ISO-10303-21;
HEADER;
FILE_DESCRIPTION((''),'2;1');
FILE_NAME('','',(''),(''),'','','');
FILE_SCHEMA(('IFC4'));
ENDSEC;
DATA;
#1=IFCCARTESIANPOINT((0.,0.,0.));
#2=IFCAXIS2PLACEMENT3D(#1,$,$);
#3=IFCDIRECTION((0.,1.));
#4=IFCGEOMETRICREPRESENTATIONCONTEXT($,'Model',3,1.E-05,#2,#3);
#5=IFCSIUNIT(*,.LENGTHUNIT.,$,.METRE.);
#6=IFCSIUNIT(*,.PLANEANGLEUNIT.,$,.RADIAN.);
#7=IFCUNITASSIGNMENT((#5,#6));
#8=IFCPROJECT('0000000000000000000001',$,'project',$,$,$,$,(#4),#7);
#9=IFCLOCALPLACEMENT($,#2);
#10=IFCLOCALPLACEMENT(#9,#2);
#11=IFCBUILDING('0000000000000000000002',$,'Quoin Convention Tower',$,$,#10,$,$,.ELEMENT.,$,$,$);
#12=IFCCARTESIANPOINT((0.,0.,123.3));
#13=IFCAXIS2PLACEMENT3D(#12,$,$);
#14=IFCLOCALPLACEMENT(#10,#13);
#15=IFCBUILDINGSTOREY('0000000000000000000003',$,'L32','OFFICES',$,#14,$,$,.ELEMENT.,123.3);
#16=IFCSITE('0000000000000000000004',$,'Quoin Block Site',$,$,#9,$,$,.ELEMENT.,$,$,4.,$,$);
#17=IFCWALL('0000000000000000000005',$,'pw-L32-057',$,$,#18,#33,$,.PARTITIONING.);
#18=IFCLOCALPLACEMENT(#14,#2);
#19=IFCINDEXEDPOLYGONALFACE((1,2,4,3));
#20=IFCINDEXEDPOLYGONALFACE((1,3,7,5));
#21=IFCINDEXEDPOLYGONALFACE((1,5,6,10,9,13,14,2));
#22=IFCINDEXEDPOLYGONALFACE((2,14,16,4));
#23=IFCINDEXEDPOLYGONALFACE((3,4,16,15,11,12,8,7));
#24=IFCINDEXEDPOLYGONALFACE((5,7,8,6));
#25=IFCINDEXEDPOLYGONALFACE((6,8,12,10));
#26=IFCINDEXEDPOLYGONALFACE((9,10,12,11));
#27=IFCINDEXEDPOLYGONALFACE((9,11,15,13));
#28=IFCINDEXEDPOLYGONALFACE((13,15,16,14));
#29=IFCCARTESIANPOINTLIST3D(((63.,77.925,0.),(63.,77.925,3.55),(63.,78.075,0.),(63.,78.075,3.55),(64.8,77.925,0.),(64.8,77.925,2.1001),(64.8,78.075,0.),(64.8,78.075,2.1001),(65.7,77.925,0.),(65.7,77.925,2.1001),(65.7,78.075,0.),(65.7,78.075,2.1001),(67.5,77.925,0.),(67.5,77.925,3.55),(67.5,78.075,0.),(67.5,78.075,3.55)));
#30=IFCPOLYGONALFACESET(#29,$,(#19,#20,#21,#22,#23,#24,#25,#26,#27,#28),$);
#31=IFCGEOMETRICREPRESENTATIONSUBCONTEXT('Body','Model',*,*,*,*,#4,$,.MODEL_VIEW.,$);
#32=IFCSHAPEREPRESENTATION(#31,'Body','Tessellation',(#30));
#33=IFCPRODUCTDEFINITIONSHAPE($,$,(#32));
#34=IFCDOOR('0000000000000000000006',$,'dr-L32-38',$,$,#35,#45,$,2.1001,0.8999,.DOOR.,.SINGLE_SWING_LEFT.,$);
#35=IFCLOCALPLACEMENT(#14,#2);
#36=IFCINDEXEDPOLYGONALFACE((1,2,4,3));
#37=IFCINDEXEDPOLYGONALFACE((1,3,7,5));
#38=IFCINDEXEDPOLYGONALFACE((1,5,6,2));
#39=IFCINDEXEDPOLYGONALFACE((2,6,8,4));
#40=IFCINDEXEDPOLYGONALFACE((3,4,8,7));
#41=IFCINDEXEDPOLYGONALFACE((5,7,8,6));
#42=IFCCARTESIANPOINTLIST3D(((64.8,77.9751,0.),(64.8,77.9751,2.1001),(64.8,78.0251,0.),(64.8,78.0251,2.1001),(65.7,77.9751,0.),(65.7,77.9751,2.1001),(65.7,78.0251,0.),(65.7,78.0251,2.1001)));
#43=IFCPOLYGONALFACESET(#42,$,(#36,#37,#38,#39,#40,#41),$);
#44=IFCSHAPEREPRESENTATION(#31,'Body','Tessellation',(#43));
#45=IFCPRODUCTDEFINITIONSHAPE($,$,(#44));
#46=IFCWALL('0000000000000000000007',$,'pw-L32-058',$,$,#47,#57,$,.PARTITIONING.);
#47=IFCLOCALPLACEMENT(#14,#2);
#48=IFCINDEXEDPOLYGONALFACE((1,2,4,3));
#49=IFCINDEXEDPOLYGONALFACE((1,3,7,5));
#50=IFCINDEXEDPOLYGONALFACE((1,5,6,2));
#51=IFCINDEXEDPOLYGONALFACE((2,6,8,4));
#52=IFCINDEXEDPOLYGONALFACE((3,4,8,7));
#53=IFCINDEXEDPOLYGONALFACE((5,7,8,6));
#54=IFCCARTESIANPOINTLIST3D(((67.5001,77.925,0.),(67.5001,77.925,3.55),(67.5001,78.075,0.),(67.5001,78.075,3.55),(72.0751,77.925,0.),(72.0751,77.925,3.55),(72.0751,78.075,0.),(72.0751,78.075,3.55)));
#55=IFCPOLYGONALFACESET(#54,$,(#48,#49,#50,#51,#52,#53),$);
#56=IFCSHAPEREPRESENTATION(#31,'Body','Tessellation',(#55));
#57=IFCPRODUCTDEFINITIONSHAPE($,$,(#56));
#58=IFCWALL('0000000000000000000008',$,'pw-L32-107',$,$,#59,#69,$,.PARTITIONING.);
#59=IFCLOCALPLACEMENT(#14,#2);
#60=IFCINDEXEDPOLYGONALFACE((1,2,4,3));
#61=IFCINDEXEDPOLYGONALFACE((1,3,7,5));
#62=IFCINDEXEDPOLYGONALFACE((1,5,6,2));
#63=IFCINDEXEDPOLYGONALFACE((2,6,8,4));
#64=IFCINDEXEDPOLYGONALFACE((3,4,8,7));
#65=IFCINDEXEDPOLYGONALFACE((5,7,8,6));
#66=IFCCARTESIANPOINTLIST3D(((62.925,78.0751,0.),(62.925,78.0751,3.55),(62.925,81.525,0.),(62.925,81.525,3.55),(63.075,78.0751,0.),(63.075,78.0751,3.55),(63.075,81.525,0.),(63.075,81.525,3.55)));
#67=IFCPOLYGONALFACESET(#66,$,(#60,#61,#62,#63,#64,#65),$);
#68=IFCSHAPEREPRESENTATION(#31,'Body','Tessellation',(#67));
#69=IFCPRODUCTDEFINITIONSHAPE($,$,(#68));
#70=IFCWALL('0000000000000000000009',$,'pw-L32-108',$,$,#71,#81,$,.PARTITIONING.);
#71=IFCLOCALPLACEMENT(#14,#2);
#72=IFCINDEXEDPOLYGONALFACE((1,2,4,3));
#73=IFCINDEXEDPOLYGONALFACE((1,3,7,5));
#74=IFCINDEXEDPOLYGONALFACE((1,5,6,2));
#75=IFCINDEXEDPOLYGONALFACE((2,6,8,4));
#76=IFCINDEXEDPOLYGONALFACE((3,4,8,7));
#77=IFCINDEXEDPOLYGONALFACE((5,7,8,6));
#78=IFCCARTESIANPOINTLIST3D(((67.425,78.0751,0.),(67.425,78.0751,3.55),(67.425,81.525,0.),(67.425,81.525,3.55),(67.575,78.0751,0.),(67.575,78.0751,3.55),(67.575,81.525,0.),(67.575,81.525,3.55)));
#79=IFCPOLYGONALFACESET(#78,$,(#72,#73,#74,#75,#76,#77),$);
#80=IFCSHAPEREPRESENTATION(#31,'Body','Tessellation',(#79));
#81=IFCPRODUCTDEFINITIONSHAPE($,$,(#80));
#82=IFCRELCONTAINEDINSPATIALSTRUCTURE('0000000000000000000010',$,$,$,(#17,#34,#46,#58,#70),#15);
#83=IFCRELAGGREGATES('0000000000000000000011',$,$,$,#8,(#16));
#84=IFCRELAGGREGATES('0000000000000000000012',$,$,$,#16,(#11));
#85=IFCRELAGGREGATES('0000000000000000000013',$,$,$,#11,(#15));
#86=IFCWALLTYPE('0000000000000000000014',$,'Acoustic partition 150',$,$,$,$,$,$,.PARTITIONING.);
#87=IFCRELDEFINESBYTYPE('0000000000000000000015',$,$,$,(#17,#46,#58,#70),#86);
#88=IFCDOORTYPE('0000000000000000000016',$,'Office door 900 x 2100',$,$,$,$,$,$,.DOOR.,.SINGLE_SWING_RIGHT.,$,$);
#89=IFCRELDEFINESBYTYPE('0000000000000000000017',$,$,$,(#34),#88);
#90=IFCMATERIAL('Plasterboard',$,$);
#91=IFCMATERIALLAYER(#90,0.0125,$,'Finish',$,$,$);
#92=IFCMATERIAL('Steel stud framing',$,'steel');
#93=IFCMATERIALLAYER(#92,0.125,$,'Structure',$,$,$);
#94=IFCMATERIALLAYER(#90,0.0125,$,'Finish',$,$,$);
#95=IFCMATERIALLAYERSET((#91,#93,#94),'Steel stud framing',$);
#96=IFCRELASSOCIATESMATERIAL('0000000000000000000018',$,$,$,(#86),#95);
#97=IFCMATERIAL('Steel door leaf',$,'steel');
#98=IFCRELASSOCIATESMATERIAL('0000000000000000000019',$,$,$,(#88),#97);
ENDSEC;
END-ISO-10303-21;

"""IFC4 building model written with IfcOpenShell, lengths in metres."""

from ifc_helpers import new_model, si_unit, direction, frame, frame_2d, origin, place, context, subcontext, project, spatial, rectangle, extrude, material, layer, layer_set, type_object, element, fill, save


model = new_model("IFC4")

# Units and contexts
model_context = context("Model", 3, precision=1e-05, world=origin(), true_north=direction((0.0, 1.0)))
body_context = subcontext(model_context, "Body", "Model", "MODEL_VIEW")
ifc_project = project(units=[si_unit("LENGTHUNIT", "METRE"), si_unit("PLANEANGLEUNIT", "RADIAN")], contexts=[model_context])

# Site, building, storey
site_placement = place(None, origin())
site = spatial("IfcSite", under=ifc_project, at=site_placement, Name="Quoin Block Site", CompositionType="ELEMENT", RefElevation=4.0)
building_placement = place(site_placement, origin())
building = spatial("IfcBuilding", under=site, at=building_placement, Name="Quoin Convention Tower", CompositionType="ELEMENT")
storey_placement = place(building_placement, frame((0.0, 0.0, 123.3)))
storey = spatial("IfcBuildingStorey", under=building, at=storey_placement, Name="L32", Description="OFFICES", CompositionType="ELEMENT", Elevation=123.3)

# Wall, opening, door
ifc_material_1 = material(Name="Plasterboard")
ifc_layer_1 = layer(ifc_material_1, 0.0125, Name="Finish")
ifc_material_2 = material(Name="Steel stud framing", Category="steel")
ifc_layer_2 = layer(ifc_material_2, 0.125, Name="Structure")
ifc_layer_3 = layer(ifc_material_1, 0.0125, Name="Finish")
ifc_layer_set = layer_set([ifc_layer_1, ifc_layer_2, ifc_layer_3], Name="Steel stud framing")
wall_type = type_object("IfcWallType", Name="Acoustic partition 150", PredefinedType="PARTITIONING", material=ifc_layer_set)
wall_1_placement = place(storey_placement, frame((63.0, 78.0, 0.0), z_axis=(0.0, 0.0, 1.0), x_axis=(1.0, 0.0, 0.0)))
wall_1 = element("IfcWall", 1, at=wall_1_placement, inside=storey, type_object=wall_type, Name="pw-L32-057", PredefinedType="PARTITIONING", context=body_context, shape_type="SweptSolid", body=[
    extrude(rectangle(XDim=4.5, YDim=0.1499, at=frame_2d((2.25, 0.0))), origin(), (0.0, 0.0, 1.0), 3.55),
])
opening_placement = place(wall_1_placement, frame((1.8, 0.0, 0.0)))
opening = element("IfcOpeningElement", 2, at=opening_placement, cuts=wall_1, PredefinedType="OPENING", context=body_context, shape_type="SweptSolid", body=[
    extrude(rectangle(XDim=0.8999, YDim=2.1001, at=frame_2d((0.45, 1.05))), frame((0.0, 0.085, 0.0), z_axis=(0.0, -1.0, 0.0), x_axis=(1.0, 0.0, 0.0)), (0.0, 0.0, 1.0), 0.1699),
])
ifc_material_3 = material(Name="Steel door leaf", Category="steel")
door_type = type_object("IfcDoorType", Name="Office door 900 x 2100", OperationType="SINGLE_SWING_RIGHT", PredefinedType="DOOR", material=ifc_material_3)
door_placement = place(opening_placement, frame((0.8999, 0.0, 0.0), z_axis=(0.0, 0.0, 1.0), x_axis=(-1.0, 0.0, 0.0)))
door = element("IfcDoor", 3, at=door_placement, inside=storey, type_object=door_type, Name="dr-L32-38", OperationType="SINGLE_SWING_LEFT", OverallHeight=2.1001, OverallWidth=0.8999, PredefinedType="DOOR", context=body_context, shape_type="SweptSolid", body=[
    extrude(rectangle(XDim=0.8999, YDim=2.1001, at=frame_2d((0.45, 1.05))), frame((0.0, 0.0249, 0.0), z_axis=(0.0, -1.0, 0.0), x_axis=(1.0, 0.0, 0.0)), (0.0, 0.0, 1.0), 0.05),
])
fill(opening, door)

# Walls
wall_2_placement = place(storey_placement, frame((67.5, 78.0, 0.0), z_axis=(0.0, 0.0, 1.0), x_axis=(1.0, 0.0, 0.0)))
element("IfcWall", 4, at=wall_2_placement, inside=storey, type_object=wall_type, Name="pw-L32-058", PredefinedType="PARTITIONING", context=body_context, shape_type="SweptSolid", body=[
    extrude(rectangle(XDim=4.575, YDim=0.1499, at=frame_2d((2.2876, 0.0))), origin(), (0.0, 0.0, 1.0), 3.55),
])
for number, where, z_axis, x_axis, name in (
    (5, (63.0, 78.075, 0.0), (0.0, 0.0, 1.0), (0.0, 1.0, 0.0), "pw-L32-107"),
    (6, (67.5, 78.075, 0.0), (0.0, 0.0, 1.0), (0.0, 1.0, 0.0), "pw-L32-108"),
):
    element("IfcWall", number, at=place(storey_placement, frame(where, z_axis=z_axis, x_axis=x_axis)), inside=storey, type_object=wall_type, Name=name, PredefinedType="PARTITIONING", context=body_context, shape_type="SweptSolid", body=[
        extrude(rectangle(XDim=3.45, YDim=0.1499, at=frame_2d((1.7251, 0.0))), origin(), (0.0, 0.0, 1.0), 3.55),
    ])

save(model, "model.ifc")
